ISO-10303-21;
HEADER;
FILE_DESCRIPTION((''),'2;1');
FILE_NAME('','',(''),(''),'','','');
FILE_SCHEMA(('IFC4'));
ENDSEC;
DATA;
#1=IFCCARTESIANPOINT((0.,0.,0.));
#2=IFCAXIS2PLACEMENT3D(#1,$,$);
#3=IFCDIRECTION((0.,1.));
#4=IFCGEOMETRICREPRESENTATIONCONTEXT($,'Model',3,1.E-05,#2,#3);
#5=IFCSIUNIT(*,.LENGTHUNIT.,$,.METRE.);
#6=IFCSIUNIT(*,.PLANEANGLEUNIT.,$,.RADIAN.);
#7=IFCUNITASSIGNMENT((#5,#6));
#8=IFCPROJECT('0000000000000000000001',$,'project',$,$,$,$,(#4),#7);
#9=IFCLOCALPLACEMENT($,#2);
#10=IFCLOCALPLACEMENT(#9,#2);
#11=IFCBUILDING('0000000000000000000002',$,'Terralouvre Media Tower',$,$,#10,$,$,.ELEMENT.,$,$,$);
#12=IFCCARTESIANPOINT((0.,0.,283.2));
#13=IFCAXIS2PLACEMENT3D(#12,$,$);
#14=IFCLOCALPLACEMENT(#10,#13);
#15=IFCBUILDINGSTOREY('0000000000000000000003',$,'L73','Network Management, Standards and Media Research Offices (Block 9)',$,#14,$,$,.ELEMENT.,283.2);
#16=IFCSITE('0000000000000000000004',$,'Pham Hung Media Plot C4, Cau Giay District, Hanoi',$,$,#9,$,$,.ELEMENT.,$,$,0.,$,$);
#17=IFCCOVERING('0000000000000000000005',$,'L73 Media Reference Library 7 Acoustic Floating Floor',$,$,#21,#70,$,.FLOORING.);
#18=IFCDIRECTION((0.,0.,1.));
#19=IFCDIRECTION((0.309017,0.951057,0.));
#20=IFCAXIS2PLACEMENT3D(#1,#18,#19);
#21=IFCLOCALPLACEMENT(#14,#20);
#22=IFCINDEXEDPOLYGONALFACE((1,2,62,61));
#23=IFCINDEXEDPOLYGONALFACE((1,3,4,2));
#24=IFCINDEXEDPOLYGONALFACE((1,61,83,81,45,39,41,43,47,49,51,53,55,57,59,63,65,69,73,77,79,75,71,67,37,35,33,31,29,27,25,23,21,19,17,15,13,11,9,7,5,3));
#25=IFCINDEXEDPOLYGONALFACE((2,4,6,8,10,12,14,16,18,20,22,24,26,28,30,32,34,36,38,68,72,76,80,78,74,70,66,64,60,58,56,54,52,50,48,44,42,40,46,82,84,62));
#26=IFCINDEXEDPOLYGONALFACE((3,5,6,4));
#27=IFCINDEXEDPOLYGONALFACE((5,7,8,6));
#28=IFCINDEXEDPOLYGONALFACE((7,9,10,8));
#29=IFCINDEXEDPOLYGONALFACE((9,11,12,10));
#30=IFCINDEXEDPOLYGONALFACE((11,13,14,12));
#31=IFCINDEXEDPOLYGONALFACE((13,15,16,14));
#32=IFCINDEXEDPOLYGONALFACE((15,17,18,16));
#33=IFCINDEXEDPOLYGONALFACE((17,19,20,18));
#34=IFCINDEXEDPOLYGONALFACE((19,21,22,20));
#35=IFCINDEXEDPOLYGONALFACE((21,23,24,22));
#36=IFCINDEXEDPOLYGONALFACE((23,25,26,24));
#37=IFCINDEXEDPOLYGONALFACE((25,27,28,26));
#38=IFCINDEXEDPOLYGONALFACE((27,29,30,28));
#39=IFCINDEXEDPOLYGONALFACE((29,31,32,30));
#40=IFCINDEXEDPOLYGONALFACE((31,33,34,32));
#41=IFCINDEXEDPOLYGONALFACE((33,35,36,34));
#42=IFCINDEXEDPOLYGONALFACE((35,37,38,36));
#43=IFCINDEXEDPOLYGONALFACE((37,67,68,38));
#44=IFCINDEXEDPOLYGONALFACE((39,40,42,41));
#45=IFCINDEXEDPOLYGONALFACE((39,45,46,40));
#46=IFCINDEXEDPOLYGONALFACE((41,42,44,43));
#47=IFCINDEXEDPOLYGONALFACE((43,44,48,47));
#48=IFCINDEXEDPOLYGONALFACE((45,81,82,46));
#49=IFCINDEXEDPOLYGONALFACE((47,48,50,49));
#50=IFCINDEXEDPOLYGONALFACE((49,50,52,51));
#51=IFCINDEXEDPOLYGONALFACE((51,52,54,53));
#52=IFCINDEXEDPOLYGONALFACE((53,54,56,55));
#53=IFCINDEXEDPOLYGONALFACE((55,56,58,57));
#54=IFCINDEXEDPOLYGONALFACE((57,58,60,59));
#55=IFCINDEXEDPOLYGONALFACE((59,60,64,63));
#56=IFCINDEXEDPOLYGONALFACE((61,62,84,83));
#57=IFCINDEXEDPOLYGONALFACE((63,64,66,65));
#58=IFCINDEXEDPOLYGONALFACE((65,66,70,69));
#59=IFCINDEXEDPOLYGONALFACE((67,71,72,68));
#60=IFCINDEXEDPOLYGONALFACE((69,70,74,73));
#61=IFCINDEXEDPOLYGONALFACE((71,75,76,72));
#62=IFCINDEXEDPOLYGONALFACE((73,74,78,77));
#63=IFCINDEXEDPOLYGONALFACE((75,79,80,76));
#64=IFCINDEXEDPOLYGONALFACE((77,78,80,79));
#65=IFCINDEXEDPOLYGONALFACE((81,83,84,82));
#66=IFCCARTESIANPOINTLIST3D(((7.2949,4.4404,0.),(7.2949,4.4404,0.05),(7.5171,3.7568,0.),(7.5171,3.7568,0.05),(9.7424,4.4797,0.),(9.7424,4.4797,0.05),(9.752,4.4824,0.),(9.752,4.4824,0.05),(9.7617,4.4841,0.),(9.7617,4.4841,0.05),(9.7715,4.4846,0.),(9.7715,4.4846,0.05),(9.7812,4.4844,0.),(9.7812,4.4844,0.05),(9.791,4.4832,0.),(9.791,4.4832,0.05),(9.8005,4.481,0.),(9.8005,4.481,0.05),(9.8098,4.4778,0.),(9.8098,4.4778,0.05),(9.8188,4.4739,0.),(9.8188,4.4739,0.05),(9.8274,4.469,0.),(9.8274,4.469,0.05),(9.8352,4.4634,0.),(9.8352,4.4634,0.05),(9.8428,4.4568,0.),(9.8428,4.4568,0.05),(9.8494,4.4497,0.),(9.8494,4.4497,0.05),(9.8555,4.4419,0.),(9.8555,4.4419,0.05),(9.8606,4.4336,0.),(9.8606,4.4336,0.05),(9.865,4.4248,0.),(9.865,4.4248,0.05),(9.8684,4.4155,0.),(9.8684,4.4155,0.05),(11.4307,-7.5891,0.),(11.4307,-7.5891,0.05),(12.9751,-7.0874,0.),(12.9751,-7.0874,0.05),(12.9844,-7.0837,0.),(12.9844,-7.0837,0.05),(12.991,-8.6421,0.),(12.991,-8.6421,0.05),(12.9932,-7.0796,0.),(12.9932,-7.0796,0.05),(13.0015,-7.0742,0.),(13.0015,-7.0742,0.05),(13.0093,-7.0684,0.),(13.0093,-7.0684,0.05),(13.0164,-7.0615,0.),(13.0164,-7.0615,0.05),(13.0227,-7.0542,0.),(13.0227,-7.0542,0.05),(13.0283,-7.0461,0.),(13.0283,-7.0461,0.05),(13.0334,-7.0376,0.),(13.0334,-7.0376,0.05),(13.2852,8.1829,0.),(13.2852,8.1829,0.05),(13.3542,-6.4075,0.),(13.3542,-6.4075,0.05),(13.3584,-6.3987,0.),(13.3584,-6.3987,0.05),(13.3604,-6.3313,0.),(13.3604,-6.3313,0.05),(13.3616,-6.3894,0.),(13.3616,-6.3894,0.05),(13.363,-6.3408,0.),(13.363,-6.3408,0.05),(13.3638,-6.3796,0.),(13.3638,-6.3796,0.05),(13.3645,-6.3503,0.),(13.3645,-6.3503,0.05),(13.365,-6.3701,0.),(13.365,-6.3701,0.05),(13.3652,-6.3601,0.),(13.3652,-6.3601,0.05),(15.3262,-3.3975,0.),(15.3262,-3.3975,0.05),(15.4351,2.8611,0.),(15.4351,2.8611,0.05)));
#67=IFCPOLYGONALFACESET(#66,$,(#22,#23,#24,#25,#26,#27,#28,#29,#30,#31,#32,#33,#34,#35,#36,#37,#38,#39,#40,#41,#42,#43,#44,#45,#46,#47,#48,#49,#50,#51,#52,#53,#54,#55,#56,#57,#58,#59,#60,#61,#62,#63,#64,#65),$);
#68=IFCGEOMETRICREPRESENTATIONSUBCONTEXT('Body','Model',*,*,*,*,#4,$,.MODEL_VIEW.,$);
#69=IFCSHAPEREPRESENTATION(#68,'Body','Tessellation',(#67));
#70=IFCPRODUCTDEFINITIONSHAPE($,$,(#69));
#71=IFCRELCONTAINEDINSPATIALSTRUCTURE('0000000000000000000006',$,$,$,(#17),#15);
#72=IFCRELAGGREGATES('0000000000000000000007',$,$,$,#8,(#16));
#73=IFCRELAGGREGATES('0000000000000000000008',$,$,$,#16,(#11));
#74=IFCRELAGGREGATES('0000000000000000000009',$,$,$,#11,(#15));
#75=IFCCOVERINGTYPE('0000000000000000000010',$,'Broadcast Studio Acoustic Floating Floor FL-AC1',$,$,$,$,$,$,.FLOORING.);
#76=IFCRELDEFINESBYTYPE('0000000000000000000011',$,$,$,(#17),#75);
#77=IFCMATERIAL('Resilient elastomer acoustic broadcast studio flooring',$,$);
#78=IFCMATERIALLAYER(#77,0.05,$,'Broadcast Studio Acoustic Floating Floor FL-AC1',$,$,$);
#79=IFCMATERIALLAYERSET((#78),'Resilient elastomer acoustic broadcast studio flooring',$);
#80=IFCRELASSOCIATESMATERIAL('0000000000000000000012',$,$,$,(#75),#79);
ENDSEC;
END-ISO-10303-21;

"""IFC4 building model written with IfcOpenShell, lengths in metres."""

from ifc_helpers import new_model, si_unit, direction, frame, origin, place, context, subcontext, project, spatial, polyline, outline, extrude, material, layer, layer_set, type_object, element, save


model = new_model("IFC4")

# Units and contexts
model_context = context("Model", 3, precision=1e-05, world=origin(), true_north=direction((0.0, 1.0)))
body_context = subcontext(model_context, "Body", "Model", "MODEL_VIEW")
ifc_project = project(units=[si_unit("LENGTHUNIT", "METRE"), si_unit("PLANEANGLEUNIT", "RADIAN")], contexts=[model_context])

# Site, building, storey
site_placement = place(None, origin())
site = spatial("IfcSite", under=ifc_project, at=site_placement, Name="Pham Hung Media Plot C4, Cau Giay District, Hanoi", CompositionType="ELEMENT", RefElevation=0.0)
building_placement = place(site_placement, origin())
building = spatial("IfcBuilding", under=site, at=building_placement, Name="Terralouvre Media Tower", CompositionType="ELEMENT")
storey_placement = place(building_placement, frame((0.0, 0.0, 283.2)))
storey = spatial("IfcBuildingStorey", under=building, at=storey_placement, Name="L73", Description="Network Management, Standards and Media Research Offices (Block 9)", CompositionType="ELEMENT", Elevation=283.2)

# Covering
ifc_material_1 = material(Name="Resilient elastomer acoustic broadcast studio flooring")
ifc_layer_1 = layer(ifc_material_1, 0.05, Name="Broadcast Studio Acoustic Floating Floor FL-AC1")
ifc_layer_set_1 = layer_set([ifc_layer_1], Name="Resilient elastomer acoustic broadcast studio flooring")
covering_type = type_object("IfcCoveringType", Name="Broadcast Studio Acoustic Floating Floor FL-AC1", PredefinedType="FLOORING", material=ifc_layer_set_1)
covering_placement = place(storey_placement, frame((0.0, 0.0, 0.0), z_axis=(0.0, 0.0, 1.0), x_axis=(0.309017, 0.951057, 0.0)))
element("IfcCovering", 1, at=covering_placement, inside=storey, type_object=covering_type, Name="L73 Media Reference Library 7 Acoustic Floating Floor", PredefinedType="FLOORING", context=body_context, shape_type="SweptSolid", body=[
    extrude(outline(polyline([(9.752, 4.4824), (9.7617, 4.4841), (9.7715, 4.4846), (9.7812, 4.4844), (9.791, 4.4832), (9.8005, 4.481), (9.8098, 4.4778), (9.8188, 4.4739), (9.8274, 4.469), (9.8352, 4.4634), (9.8428, 4.4568), (9.8494, 4.4497), (9.8555, 4.4419), (9.8606, 4.4336), (9.865, 4.4248), (9.8684, 4.4155), (13.3604, -6.3313), (13.363, -6.3408), (13.3645, -6.3503), (13.3652, -6.3601), (13.365, -6.3701), (13.3638, -6.3796), (13.3616, -6.3894), (13.3584, -6.3987), (13.3542, -6.4075), (13.0334, -7.0376), (13.0283, -7.0461), (13.0227, -7.0542), (13.0164, -7.0615), (13.0093, -7.0684), (13.0015, -7.0742), (12.9932, -7.0796), (12.9844, -7.0837), (12.9751, -7.0874), (11.4307, -7.5891), (12.991, -8.6421), (15.3262, -3.3975), (15.4351, 2.8611), (13.2852, 8.1829), (7.2949, 4.4404), (7.5171, 3.7568), (9.7424, 4.4797), (9.752, 4.4824)])), origin(), (0.0, 0.0, 1.0), 0.05),
])

save(model, "model.ifc")
